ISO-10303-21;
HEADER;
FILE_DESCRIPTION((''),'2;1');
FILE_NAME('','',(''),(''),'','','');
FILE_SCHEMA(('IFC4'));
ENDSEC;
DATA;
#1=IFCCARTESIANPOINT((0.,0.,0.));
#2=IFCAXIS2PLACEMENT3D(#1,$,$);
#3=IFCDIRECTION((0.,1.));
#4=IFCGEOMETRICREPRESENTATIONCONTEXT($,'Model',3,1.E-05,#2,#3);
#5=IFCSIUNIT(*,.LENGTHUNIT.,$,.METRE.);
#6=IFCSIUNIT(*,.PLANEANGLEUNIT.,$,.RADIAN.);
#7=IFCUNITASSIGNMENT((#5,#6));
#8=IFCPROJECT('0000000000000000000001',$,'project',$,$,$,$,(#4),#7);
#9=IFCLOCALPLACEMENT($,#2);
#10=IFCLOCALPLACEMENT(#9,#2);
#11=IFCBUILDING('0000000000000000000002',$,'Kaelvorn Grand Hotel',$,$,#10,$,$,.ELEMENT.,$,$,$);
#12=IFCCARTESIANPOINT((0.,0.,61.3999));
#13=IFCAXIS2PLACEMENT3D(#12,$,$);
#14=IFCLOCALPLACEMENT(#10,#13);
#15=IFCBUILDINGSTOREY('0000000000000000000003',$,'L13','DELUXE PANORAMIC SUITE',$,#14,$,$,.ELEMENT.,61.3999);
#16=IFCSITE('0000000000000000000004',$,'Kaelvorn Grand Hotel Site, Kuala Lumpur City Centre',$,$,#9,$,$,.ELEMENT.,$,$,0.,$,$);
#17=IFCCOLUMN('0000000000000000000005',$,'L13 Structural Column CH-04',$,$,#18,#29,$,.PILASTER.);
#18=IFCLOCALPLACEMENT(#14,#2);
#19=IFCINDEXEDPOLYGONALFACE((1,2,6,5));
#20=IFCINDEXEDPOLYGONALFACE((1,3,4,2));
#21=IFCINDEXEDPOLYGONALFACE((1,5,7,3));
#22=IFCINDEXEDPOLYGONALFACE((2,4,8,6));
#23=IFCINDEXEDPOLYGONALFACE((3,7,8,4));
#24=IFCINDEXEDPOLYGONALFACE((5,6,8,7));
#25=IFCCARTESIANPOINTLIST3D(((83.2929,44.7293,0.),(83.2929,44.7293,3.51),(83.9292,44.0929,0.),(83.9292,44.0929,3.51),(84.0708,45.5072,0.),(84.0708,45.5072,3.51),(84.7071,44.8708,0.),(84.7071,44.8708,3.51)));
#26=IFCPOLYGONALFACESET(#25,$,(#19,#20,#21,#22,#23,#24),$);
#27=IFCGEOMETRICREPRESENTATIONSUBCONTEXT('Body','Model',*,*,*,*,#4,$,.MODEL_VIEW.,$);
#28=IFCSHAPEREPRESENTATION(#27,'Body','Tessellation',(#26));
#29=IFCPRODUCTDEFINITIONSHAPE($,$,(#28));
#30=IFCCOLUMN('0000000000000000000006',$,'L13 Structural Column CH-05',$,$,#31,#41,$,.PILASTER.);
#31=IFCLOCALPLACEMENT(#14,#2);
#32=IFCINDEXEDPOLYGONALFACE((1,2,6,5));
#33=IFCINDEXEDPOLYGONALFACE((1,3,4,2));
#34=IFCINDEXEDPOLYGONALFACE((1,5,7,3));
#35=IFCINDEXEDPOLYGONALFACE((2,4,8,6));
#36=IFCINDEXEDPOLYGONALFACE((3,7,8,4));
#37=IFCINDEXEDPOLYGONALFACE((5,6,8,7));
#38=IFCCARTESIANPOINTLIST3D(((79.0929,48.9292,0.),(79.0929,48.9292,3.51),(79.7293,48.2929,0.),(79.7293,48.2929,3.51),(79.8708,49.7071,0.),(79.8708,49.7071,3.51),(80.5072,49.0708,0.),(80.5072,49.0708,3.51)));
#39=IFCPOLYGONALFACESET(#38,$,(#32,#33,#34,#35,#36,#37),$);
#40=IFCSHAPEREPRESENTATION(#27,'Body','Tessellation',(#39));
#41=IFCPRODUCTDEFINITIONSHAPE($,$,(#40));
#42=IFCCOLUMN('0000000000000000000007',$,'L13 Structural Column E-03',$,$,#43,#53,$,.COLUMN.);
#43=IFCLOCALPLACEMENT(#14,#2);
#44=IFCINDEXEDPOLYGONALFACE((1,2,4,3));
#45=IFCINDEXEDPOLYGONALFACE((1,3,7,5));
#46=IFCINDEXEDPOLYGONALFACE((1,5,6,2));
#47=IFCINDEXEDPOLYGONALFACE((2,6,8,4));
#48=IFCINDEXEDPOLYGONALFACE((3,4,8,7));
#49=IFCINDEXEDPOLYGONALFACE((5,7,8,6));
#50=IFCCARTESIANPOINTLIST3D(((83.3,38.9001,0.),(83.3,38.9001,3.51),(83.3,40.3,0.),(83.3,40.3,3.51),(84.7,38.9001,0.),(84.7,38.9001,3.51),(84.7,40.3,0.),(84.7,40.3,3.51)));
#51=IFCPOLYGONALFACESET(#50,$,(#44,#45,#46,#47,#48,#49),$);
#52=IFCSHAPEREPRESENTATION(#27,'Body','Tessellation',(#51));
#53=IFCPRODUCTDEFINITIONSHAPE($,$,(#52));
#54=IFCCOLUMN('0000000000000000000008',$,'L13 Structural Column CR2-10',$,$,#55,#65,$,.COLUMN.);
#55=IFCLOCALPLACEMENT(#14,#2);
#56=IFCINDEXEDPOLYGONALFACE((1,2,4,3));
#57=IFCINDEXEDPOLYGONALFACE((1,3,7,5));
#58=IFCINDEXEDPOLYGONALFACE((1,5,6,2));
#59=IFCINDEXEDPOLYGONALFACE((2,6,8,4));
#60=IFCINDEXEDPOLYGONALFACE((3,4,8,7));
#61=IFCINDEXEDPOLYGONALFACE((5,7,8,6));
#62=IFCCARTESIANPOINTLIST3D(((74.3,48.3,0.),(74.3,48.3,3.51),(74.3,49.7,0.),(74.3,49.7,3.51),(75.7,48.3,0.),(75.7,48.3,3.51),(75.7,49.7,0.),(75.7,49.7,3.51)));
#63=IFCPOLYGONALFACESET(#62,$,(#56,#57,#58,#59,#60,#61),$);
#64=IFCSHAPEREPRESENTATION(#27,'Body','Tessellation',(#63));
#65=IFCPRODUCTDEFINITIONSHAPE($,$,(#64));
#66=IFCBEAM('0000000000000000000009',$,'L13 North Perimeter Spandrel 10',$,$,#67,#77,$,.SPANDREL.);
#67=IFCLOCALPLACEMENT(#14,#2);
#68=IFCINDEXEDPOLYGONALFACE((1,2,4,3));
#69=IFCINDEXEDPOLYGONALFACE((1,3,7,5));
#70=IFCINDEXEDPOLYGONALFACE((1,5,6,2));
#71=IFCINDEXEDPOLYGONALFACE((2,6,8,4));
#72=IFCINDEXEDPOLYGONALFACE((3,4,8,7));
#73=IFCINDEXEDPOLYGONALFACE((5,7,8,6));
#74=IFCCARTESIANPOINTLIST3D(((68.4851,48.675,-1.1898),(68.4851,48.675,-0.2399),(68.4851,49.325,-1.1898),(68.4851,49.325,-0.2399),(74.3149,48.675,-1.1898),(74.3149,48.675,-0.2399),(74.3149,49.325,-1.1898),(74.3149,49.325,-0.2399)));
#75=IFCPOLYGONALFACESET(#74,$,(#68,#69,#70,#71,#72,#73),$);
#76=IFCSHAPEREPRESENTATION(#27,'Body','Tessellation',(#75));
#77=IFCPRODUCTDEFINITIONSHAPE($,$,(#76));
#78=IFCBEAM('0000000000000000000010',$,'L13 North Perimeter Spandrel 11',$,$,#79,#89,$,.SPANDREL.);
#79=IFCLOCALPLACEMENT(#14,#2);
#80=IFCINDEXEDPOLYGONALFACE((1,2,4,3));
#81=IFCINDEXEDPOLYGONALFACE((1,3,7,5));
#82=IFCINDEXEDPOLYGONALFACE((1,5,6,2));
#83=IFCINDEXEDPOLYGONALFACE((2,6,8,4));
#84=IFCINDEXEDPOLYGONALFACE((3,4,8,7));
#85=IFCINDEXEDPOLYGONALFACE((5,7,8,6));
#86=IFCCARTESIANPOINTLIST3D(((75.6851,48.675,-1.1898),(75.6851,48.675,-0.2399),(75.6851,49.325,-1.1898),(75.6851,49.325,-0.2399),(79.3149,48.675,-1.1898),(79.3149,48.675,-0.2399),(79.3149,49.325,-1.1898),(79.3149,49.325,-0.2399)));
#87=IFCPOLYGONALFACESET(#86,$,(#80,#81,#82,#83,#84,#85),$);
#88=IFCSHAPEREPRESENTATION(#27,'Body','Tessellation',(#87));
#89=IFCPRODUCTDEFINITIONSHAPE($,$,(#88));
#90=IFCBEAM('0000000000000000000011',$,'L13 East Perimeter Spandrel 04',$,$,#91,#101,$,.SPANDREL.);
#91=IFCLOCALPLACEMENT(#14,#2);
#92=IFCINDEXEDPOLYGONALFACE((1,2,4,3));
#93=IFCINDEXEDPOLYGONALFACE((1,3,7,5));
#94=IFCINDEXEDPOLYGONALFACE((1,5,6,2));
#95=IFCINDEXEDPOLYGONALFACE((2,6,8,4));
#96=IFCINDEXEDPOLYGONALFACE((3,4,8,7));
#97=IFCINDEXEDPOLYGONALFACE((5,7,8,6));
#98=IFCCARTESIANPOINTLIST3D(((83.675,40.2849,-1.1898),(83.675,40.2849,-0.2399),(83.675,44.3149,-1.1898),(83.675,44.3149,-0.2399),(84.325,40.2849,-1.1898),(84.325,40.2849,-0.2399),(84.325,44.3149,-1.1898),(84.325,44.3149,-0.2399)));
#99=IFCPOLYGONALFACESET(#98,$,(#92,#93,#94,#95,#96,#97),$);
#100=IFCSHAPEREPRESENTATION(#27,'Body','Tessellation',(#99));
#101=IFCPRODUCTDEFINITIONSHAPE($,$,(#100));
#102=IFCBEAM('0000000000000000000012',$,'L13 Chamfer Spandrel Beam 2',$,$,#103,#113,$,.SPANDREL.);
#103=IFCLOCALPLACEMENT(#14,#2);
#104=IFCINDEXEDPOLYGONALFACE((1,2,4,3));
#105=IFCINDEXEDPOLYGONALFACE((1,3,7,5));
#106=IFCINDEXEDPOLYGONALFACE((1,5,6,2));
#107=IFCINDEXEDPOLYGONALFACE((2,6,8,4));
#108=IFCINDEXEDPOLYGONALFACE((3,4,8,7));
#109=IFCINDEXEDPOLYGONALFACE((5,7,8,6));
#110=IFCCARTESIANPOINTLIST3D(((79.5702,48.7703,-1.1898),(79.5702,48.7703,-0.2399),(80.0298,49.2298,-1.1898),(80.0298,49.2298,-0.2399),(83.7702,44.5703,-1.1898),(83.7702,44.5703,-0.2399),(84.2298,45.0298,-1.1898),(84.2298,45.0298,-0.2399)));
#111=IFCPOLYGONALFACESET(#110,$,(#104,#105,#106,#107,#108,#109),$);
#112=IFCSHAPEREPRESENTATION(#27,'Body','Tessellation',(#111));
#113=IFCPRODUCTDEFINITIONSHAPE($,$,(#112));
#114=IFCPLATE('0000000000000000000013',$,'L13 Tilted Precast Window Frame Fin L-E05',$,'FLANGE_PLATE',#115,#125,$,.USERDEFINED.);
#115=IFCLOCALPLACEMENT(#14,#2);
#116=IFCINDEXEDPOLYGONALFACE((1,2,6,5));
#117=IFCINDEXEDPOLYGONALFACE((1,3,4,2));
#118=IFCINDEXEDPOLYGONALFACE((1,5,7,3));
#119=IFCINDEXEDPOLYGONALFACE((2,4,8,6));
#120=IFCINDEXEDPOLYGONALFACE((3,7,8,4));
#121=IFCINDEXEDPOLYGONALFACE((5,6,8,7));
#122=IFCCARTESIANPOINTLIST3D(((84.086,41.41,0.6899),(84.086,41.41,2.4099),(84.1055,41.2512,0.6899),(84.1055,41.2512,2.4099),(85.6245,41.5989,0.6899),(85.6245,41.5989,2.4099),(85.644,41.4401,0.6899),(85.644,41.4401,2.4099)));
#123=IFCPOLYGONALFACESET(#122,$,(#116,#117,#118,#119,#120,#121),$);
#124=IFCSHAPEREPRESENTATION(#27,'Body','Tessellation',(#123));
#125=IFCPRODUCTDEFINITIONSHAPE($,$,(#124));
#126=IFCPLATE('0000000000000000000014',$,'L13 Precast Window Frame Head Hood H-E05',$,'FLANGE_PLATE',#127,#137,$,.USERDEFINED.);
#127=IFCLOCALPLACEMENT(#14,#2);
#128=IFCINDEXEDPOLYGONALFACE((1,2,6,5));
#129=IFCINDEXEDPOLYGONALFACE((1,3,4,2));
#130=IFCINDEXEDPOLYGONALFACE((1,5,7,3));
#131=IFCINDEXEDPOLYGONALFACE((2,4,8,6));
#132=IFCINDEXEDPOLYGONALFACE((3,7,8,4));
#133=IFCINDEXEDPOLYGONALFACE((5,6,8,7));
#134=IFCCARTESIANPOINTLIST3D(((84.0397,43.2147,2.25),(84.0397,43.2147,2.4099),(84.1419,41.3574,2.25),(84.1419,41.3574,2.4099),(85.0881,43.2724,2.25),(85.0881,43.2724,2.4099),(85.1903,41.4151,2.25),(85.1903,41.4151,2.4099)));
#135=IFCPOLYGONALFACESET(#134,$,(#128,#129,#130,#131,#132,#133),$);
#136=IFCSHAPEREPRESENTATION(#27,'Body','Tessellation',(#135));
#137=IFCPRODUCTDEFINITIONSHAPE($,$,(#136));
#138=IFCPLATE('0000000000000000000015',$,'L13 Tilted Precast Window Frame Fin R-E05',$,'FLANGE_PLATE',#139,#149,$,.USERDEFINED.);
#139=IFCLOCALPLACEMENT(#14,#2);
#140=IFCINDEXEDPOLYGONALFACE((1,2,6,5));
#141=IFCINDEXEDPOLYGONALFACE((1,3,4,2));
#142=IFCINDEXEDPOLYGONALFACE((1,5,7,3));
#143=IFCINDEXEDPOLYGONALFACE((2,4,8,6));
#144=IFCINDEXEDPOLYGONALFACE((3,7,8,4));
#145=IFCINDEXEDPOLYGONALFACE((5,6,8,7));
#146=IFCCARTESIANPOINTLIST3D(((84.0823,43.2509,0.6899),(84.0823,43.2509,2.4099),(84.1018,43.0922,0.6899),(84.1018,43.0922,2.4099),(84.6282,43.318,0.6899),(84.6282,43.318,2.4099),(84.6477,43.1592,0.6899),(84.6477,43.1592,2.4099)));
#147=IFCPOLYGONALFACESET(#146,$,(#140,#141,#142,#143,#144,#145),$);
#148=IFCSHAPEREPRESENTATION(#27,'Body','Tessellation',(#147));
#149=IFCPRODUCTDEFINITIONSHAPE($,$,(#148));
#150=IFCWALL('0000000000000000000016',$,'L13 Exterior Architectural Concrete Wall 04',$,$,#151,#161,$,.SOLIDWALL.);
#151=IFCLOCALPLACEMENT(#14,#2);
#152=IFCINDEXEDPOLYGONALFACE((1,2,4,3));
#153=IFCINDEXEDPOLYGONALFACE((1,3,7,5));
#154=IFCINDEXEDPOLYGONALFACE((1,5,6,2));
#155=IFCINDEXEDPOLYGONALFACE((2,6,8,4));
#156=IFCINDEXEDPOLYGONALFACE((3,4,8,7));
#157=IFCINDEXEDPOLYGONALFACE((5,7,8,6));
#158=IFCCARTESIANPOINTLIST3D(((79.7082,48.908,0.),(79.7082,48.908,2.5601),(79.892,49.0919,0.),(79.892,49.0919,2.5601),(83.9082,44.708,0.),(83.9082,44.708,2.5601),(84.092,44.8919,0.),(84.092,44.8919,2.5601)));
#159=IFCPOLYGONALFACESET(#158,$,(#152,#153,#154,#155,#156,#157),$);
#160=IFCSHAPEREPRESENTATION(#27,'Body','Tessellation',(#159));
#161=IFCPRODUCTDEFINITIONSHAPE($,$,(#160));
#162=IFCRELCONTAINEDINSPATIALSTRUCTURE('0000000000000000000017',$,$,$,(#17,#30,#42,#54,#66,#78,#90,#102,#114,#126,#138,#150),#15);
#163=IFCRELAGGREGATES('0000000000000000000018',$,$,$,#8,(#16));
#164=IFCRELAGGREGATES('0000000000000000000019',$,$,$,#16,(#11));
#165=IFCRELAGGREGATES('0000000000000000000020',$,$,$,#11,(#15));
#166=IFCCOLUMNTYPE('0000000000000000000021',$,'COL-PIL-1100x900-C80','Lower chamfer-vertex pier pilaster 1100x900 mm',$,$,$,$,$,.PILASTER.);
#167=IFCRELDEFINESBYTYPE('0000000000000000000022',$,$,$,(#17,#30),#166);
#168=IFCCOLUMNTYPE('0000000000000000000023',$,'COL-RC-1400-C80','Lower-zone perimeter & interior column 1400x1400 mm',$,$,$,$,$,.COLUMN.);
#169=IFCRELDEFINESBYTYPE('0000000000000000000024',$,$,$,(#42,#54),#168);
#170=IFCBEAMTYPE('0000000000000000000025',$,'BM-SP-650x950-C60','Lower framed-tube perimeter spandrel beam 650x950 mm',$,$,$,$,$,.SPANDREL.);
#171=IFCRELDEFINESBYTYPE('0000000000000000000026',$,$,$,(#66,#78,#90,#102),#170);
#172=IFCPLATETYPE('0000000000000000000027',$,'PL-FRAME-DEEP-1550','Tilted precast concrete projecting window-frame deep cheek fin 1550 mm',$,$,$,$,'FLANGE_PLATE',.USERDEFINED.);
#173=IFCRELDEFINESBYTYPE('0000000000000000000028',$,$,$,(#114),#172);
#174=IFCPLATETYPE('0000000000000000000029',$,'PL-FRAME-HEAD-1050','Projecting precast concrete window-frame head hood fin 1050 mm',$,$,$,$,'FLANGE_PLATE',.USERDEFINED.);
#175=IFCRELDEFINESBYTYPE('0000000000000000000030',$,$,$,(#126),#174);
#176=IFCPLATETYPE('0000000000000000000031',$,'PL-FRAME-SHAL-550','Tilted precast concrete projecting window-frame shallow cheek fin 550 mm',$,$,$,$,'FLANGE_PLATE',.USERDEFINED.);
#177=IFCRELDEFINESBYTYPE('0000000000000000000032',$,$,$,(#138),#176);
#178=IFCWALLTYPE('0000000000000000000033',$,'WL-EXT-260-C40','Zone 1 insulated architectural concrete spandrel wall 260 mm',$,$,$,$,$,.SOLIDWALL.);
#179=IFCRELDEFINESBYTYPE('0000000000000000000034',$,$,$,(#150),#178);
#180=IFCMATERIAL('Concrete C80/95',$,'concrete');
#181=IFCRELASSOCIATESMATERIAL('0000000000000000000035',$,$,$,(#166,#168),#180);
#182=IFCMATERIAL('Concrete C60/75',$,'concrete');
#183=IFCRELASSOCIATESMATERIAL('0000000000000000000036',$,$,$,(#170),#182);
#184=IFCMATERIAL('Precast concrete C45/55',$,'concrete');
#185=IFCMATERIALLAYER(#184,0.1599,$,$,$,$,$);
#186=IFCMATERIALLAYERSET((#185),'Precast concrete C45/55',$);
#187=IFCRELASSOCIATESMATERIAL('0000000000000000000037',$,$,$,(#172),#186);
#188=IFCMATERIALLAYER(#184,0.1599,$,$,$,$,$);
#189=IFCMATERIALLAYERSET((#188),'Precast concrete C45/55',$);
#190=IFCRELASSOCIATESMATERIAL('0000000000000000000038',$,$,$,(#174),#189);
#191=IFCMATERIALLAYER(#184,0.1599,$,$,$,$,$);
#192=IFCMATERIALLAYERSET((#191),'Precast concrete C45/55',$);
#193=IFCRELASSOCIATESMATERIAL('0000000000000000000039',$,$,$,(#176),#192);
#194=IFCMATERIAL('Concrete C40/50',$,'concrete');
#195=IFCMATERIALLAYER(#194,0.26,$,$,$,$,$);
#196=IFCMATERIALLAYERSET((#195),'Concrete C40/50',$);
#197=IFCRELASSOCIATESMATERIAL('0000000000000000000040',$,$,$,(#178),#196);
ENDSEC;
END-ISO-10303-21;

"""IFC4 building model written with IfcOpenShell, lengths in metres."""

from ifc_helpers import new_model, si_unit, direction, frame, frame_2d, origin, origin_2d, place, context, subcontext, project, spatial, rectangle, extrude, material, layer, layer_set, material_profile, profile_set, type_object, element, save


model = new_model("IFC4")

# Units and contexts
model_context = context("Model", 3, precision=1e-05, world=origin(), true_north=direction((0.0, 1.0)))
body_context = subcontext(model_context, "Body", "Model", "MODEL_VIEW")
ifc_project = project(units=[si_unit("LENGTHUNIT", "METRE"), si_unit("PLANEANGLEUNIT", "RADIAN")], contexts=[model_context])

# Site, building, storey
site_placement = place(None, origin())
site = spatial("IfcSite", under=ifc_project, at=site_placement, Name="Kaelvorn Grand Hotel Site, Kuala Lumpur City Centre", CompositionType="ELEMENT", RefElevation=0.0)
building_placement = place(site_placement, origin())
building = spatial("IfcBuilding", under=site, at=building_placement, Name="Kaelvorn Grand Hotel", CompositionType="ELEMENT")
storey_placement = place(building_placement, frame((0.0, 0.0, 61.3999)))
storey = spatial("IfcBuildingStorey", under=building, at=storey_placement, Name="L13", Description="DELUXE PANORAMIC SUITE", CompositionType="ELEMENT", Elevation=61.3999)

# Columns
ifc_material_1 = material(Name="Concrete C80/95", Category="concrete")
ifc_material_profile_1 = material_profile(ifc_material_1, rectangle(XDim=1.1001, YDim=0.8999, at=origin_2d()), Name="RC PILASTER 1100x900")
ifc_profile_set_1 = profile_set([ifc_material_profile_1], Name="Concrete C80/95")
column_type_1 = type_object("IfcColumnType", Name="COL-PIL-1100x900-C80", Description="Lower chamfer-vertex pier pilaster 1100x900 mm", PredefinedType="PILASTER", material=ifc_profile_set_1)
for number, where, z_axis, x_axis, name in (
    (1, (84.0, 44.8, 0.0), (0.0, 0.0, 1.0), (0.707107, 0.707107, 0.0), "L13 Structural Column CH-04"),
    (2, (79.8, 49.0, 0.0), (0.0, 0.0, 1.0), (0.707107, 0.707107, 0.0), "L13 Structural Column CH-05"),
):
    element("IfcColumn", number, at=place(storey_placement, frame(where, z_axis=z_axis, x_axis=x_axis)), inside=storey, type_object=column_type_1, Name=name, PredefinedType="PILASTER", context=body_context, shape_type="SweptSolid", body=[
        extrude(rectangle(XDim=1.1001, YDim=0.8999, at=origin_2d()), origin(), (0.0, 0.0, 1.0), 3.51),
    ])
ifc_material_profile_2 = material_profile(ifc_material_1, rectangle(XDim=1.3999, YDim=1.3999, at=origin_2d()), Name="RC COL 1400x1400")
ifc_profile_set_2 = profile_set([ifc_material_profile_2], Name="Concrete C80/95")
column_type_2 = type_object("IfcColumnType", Name="COL-RC-1400-C80", Description="Lower-zone perimeter & interior column 1400x1400 mm", PredefinedType="COLUMN", material=ifc_profile_set_2)
for number, where, z_axis, x_axis, name in (
    (3, (84.0, 39.6001, 0.0), (0.0, 0.0, 1.0), (1.0, 0.0, 0.0), "L13 Structural Column E-03"),
    (4, (75.0, 49.0, 0.0), (0.0, 0.0, 1.0), (1.0, 0.0, 0.0), "L13 Structural Column CR2-10"),
):
    element("IfcColumn", number, at=place(storey_placement, frame(where, z_axis=z_axis, x_axis=x_axis)), inside=storey, type_object=column_type_2, Name=name, PredefinedType="COLUMN", context=body_context, shape_type="SweptSolid", body=[
        extrude(rectangle(XDim=1.3999, YDim=1.3999, at=origin_2d()), origin(), (0.0, 0.0, 1.0), 3.51),
    ])

# Beams
ifc_material_2 = material(Name="Concrete C60/75", Category="concrete")
ifc_material_profile_3 = material_profile(ifc_material_2, rectangle(XDim=0.6499, YDim=0.95, at=origin_2d()), Name="RC SPANDREL 650x950")
ifc_profile_set_3 = profile_set([ifc_material_profile_3], Name="Concrete C60/75")
beam_type = type_object("IfcBeamType", Name="BM-SP-650x950-C60", Description="Lower framed-tube perimeter spandrel beam 650x950 mm", PredefinedType="SPANDREL", material=ifc_profile_set_3)
beam_1_placement = place(storey_placement, frame((68.4851, 49.0, -0.7148), z_axis=(1.0, 0.0, 0.0), x_axis=(0.0, 1.0, 0.0)))
element("IfcBeam", 5, at=beam_1_placement, inside=storey, type_object=beam_type, Name="L13 North Perimeter Spandrel 10", PredefinedType="SPANDREL", context=body_context, shape_type="SweptSolid", body=[
    extrude(rectangle(XDim=0.6499, YDim=0.95, at=origin_2d()), origin(), (0.0, 0.0, 1.0), 5.8298),
])
beam_2_placement = place(storey_placement, frame((75.6851, 49.0, -0.7148), z_axis=(1.0, 0.0, 0.0), x_axis=(0.0, 1.0, 0.0)))
element("IfcBeam", 6, at=beam_2_placement, inside=storey, type_object=beam_type, Name="L13 North Perimeter Spandrel 11", PredefinedType="SPANDREL", context=body_context, shape_type="SweptSolid", body=[
    extrude(rectangle(XDim=0.6499, YDim=0.95, at=origin_2d()), origin(), (0.0, 0.0, 1.0), 3.6299),
])
beam_3_placement = place(storey_placement, frame((84.0, 40.2849, -0.7148), z_axis=(0.0, 1.0, 0.0), x_axis=(-1.0, 0.0, 0.0)))
element("IfcBeam", 7, at=beam_3_placement, inside=storey, type_object=beam_type, Name="L13 East Perimeter Spandrel 04", PredefinedType="SPANDREL", context=body_context, shape_type="SweptSolid", body=[
    extrude(rectangle(XDim=0.6499, YDim=0.95, at=origin_2d()), origin(), (0.0, 0.0, 1.0), 4.03),
])
beam_4_placement = place(storey_placement, frame((84.0, 44.8, -0.7148), z_axis=(-0.707107, 0.707107, 0.0), x_axis=(-0.707107, -0.707107, 0.0)))
element("IfcBeam", 8, at=beam_4_placement, inside=storey, type_object=beam_type, Name="L13 Chamfer Spandrel Beam 2", PredefinedType="SPANDREL", context=body_context, shape_type="SweptSolid", body=[
    extrude(rectangle(XDim=0.6499, YDim=0.95, at=origin_2d()), origin(), (0.0, 0.0, 1.0), 5.9397),
])

# Plates
ifc_material_3 = material(Name="Precast concrete C45/55", Category="concrete")
ifc_layer_1 = layer(ifc_material_3, 0.1599)
ifc_layer_set_1 = layer_set([ifc_layer_1], Name="Precast concrete C45/55")
plate_type_1 = type_object("IfcPlateType", Name="PL-FRAME-DEEP-1550", Description="Tilted precast concrete projecting window-frame deep cheek fin 1550 mm", ElementType="FLANGE_PLATE", PredefinedType="USERDEFINED", material=ifc_layer_set_1)
plate_1_placement = place(storey_placement, frame((84.865, 41.425, 0.6899), z_axis=(0.0, 0.0, 1.0), x_axis=(-0.121869, 0.992546, 0.0)))
element("IfcPlate", 9, at=plate_1_placement, inside=storey, type_object=plate_type_1, Name="L13 Tilted Precast Window Frame Fin L-E05", ObjectType="FLANGE_PLATE", PredefinedType="USERDEFINED", context=body_context, shape_type="SweptSolid", body=[
    extrude(rectangle(XDim=0.1599, YDim=1.55, at=origin_2d()), origin(), (0.0, 0.0, 1.0), 1.72),
])
ifc_layer_2 = layer(ifc_material_3, 0.1599)
ifc_layer_set_2 = layer_set([ifc_layer_2], Name="Precast concrete C45/55")
plate_type_2 = type_object("IfcPlateType", Name="PL-FRAME-HEAD-1050", Description="Projecting precast concrete window-frame head hood fin 1050 mm", ElementType="FLANGE_PLATE", PredefinedType="USERDEFINED", material=ifc_layer_set_2)
plate_2_placement = place(storey_placement, frame((84.615, 42.3149, 2.25), z_axis=(0.0, 0.0, 1.0), x_axis=(-0.05495, 0.998489, 0.0)))
element("IfcPlate", 10, at=plate_2_placement, inside=storey, type_object=plate_type_2, Name="L13 Precast Window Frame Head Hood H-E05", ObjectType="FLANGE_PLATE", PredefinedType="USERDEFINED", context=body_context, shape_type="SweptSolid", body=[
    extrude(rectangle(XDim=1.8601, YDim=1.05, at=origin_2d()), origin(), (0.0, 0.0, 1.0), 0.1599),
])
ifc_layer_3 = layer(ifc_material_3, 0.1599)
ifc_layer_set_3 = layer_set([ifc_layer_3], Name="Precast concrete C45/55")
plate_type_3 = type_object("IfcPlateType", Name="PL-FRAME-SHAL-550", Description="Tilted precast concrete projecting window-frame shallow cheek fin 550 mm", ElementType="FLANGE_PLATE", PredefinedType="USERDEFINED", material=ifc_layer_set_3)
plate_3_placement = place(storey_placement, frame((84.365, 43.2051, 0.6899), z_axis=(0.0, 0.0, 1.0), x_axis=(-0.121869, 0.992546, 0.0)))
element("IfcPlate", 11, at=plate_3_placement, inside=storey, type_object=plate_type_3, Name="L13 Tilted Precast Window Frame Fin R-E05", ObjectType="FLANGE_PLATE", PredefinedType="USERDEFINED", context=body_context, shape_type="SweptSolid", body=[
    extrude(rectangle(XDim=0.1599, YDim=0.55, at=origin_2d()), origin(), (0.0, 0.0, 1.0), 1.72),
])

# Wall
ifc_material_4 = material(Name="Concrete C40/50", Category="concrete")
ifc_layer_4 = layer(ifc_material_4, 0.26)
ifc_layer_set_4 = layer_set([ifc_layer_4], Name="Concrete C40/50")
wall_type = type_object("IfcWallType", Name="WL-EXT-260-C40", Description="Zone 1 insulated architectural concrete spandrel wall 260 mm", PredefinedType="SOLIDWALL", material=ifc_layer_set_4)
wall_1_placement = place(storey_placement, frame((84.0, 44.8, 0.0), z_axis=(0.0, 0.0, 1.0), x_axis=(-0.707107, 0.707107, 0.0)))
element("IfcWall", 12, at=wall_1_placement, inside=storey, type_object=wall_type, Name="L13 Exterior Architectural Concrete Wall 04", PredefinedType="SOLIDWALL", context=body_context, shape_type="SweptSolid", body=[
    extrude(rectangle(XDim=5.9397, YDim=0.26, at=frame_2d((2.9697, 0.0))), origin(), (0.0, 0.0, 1.0), 2.5601),
])

save(model, "model.ifc")
